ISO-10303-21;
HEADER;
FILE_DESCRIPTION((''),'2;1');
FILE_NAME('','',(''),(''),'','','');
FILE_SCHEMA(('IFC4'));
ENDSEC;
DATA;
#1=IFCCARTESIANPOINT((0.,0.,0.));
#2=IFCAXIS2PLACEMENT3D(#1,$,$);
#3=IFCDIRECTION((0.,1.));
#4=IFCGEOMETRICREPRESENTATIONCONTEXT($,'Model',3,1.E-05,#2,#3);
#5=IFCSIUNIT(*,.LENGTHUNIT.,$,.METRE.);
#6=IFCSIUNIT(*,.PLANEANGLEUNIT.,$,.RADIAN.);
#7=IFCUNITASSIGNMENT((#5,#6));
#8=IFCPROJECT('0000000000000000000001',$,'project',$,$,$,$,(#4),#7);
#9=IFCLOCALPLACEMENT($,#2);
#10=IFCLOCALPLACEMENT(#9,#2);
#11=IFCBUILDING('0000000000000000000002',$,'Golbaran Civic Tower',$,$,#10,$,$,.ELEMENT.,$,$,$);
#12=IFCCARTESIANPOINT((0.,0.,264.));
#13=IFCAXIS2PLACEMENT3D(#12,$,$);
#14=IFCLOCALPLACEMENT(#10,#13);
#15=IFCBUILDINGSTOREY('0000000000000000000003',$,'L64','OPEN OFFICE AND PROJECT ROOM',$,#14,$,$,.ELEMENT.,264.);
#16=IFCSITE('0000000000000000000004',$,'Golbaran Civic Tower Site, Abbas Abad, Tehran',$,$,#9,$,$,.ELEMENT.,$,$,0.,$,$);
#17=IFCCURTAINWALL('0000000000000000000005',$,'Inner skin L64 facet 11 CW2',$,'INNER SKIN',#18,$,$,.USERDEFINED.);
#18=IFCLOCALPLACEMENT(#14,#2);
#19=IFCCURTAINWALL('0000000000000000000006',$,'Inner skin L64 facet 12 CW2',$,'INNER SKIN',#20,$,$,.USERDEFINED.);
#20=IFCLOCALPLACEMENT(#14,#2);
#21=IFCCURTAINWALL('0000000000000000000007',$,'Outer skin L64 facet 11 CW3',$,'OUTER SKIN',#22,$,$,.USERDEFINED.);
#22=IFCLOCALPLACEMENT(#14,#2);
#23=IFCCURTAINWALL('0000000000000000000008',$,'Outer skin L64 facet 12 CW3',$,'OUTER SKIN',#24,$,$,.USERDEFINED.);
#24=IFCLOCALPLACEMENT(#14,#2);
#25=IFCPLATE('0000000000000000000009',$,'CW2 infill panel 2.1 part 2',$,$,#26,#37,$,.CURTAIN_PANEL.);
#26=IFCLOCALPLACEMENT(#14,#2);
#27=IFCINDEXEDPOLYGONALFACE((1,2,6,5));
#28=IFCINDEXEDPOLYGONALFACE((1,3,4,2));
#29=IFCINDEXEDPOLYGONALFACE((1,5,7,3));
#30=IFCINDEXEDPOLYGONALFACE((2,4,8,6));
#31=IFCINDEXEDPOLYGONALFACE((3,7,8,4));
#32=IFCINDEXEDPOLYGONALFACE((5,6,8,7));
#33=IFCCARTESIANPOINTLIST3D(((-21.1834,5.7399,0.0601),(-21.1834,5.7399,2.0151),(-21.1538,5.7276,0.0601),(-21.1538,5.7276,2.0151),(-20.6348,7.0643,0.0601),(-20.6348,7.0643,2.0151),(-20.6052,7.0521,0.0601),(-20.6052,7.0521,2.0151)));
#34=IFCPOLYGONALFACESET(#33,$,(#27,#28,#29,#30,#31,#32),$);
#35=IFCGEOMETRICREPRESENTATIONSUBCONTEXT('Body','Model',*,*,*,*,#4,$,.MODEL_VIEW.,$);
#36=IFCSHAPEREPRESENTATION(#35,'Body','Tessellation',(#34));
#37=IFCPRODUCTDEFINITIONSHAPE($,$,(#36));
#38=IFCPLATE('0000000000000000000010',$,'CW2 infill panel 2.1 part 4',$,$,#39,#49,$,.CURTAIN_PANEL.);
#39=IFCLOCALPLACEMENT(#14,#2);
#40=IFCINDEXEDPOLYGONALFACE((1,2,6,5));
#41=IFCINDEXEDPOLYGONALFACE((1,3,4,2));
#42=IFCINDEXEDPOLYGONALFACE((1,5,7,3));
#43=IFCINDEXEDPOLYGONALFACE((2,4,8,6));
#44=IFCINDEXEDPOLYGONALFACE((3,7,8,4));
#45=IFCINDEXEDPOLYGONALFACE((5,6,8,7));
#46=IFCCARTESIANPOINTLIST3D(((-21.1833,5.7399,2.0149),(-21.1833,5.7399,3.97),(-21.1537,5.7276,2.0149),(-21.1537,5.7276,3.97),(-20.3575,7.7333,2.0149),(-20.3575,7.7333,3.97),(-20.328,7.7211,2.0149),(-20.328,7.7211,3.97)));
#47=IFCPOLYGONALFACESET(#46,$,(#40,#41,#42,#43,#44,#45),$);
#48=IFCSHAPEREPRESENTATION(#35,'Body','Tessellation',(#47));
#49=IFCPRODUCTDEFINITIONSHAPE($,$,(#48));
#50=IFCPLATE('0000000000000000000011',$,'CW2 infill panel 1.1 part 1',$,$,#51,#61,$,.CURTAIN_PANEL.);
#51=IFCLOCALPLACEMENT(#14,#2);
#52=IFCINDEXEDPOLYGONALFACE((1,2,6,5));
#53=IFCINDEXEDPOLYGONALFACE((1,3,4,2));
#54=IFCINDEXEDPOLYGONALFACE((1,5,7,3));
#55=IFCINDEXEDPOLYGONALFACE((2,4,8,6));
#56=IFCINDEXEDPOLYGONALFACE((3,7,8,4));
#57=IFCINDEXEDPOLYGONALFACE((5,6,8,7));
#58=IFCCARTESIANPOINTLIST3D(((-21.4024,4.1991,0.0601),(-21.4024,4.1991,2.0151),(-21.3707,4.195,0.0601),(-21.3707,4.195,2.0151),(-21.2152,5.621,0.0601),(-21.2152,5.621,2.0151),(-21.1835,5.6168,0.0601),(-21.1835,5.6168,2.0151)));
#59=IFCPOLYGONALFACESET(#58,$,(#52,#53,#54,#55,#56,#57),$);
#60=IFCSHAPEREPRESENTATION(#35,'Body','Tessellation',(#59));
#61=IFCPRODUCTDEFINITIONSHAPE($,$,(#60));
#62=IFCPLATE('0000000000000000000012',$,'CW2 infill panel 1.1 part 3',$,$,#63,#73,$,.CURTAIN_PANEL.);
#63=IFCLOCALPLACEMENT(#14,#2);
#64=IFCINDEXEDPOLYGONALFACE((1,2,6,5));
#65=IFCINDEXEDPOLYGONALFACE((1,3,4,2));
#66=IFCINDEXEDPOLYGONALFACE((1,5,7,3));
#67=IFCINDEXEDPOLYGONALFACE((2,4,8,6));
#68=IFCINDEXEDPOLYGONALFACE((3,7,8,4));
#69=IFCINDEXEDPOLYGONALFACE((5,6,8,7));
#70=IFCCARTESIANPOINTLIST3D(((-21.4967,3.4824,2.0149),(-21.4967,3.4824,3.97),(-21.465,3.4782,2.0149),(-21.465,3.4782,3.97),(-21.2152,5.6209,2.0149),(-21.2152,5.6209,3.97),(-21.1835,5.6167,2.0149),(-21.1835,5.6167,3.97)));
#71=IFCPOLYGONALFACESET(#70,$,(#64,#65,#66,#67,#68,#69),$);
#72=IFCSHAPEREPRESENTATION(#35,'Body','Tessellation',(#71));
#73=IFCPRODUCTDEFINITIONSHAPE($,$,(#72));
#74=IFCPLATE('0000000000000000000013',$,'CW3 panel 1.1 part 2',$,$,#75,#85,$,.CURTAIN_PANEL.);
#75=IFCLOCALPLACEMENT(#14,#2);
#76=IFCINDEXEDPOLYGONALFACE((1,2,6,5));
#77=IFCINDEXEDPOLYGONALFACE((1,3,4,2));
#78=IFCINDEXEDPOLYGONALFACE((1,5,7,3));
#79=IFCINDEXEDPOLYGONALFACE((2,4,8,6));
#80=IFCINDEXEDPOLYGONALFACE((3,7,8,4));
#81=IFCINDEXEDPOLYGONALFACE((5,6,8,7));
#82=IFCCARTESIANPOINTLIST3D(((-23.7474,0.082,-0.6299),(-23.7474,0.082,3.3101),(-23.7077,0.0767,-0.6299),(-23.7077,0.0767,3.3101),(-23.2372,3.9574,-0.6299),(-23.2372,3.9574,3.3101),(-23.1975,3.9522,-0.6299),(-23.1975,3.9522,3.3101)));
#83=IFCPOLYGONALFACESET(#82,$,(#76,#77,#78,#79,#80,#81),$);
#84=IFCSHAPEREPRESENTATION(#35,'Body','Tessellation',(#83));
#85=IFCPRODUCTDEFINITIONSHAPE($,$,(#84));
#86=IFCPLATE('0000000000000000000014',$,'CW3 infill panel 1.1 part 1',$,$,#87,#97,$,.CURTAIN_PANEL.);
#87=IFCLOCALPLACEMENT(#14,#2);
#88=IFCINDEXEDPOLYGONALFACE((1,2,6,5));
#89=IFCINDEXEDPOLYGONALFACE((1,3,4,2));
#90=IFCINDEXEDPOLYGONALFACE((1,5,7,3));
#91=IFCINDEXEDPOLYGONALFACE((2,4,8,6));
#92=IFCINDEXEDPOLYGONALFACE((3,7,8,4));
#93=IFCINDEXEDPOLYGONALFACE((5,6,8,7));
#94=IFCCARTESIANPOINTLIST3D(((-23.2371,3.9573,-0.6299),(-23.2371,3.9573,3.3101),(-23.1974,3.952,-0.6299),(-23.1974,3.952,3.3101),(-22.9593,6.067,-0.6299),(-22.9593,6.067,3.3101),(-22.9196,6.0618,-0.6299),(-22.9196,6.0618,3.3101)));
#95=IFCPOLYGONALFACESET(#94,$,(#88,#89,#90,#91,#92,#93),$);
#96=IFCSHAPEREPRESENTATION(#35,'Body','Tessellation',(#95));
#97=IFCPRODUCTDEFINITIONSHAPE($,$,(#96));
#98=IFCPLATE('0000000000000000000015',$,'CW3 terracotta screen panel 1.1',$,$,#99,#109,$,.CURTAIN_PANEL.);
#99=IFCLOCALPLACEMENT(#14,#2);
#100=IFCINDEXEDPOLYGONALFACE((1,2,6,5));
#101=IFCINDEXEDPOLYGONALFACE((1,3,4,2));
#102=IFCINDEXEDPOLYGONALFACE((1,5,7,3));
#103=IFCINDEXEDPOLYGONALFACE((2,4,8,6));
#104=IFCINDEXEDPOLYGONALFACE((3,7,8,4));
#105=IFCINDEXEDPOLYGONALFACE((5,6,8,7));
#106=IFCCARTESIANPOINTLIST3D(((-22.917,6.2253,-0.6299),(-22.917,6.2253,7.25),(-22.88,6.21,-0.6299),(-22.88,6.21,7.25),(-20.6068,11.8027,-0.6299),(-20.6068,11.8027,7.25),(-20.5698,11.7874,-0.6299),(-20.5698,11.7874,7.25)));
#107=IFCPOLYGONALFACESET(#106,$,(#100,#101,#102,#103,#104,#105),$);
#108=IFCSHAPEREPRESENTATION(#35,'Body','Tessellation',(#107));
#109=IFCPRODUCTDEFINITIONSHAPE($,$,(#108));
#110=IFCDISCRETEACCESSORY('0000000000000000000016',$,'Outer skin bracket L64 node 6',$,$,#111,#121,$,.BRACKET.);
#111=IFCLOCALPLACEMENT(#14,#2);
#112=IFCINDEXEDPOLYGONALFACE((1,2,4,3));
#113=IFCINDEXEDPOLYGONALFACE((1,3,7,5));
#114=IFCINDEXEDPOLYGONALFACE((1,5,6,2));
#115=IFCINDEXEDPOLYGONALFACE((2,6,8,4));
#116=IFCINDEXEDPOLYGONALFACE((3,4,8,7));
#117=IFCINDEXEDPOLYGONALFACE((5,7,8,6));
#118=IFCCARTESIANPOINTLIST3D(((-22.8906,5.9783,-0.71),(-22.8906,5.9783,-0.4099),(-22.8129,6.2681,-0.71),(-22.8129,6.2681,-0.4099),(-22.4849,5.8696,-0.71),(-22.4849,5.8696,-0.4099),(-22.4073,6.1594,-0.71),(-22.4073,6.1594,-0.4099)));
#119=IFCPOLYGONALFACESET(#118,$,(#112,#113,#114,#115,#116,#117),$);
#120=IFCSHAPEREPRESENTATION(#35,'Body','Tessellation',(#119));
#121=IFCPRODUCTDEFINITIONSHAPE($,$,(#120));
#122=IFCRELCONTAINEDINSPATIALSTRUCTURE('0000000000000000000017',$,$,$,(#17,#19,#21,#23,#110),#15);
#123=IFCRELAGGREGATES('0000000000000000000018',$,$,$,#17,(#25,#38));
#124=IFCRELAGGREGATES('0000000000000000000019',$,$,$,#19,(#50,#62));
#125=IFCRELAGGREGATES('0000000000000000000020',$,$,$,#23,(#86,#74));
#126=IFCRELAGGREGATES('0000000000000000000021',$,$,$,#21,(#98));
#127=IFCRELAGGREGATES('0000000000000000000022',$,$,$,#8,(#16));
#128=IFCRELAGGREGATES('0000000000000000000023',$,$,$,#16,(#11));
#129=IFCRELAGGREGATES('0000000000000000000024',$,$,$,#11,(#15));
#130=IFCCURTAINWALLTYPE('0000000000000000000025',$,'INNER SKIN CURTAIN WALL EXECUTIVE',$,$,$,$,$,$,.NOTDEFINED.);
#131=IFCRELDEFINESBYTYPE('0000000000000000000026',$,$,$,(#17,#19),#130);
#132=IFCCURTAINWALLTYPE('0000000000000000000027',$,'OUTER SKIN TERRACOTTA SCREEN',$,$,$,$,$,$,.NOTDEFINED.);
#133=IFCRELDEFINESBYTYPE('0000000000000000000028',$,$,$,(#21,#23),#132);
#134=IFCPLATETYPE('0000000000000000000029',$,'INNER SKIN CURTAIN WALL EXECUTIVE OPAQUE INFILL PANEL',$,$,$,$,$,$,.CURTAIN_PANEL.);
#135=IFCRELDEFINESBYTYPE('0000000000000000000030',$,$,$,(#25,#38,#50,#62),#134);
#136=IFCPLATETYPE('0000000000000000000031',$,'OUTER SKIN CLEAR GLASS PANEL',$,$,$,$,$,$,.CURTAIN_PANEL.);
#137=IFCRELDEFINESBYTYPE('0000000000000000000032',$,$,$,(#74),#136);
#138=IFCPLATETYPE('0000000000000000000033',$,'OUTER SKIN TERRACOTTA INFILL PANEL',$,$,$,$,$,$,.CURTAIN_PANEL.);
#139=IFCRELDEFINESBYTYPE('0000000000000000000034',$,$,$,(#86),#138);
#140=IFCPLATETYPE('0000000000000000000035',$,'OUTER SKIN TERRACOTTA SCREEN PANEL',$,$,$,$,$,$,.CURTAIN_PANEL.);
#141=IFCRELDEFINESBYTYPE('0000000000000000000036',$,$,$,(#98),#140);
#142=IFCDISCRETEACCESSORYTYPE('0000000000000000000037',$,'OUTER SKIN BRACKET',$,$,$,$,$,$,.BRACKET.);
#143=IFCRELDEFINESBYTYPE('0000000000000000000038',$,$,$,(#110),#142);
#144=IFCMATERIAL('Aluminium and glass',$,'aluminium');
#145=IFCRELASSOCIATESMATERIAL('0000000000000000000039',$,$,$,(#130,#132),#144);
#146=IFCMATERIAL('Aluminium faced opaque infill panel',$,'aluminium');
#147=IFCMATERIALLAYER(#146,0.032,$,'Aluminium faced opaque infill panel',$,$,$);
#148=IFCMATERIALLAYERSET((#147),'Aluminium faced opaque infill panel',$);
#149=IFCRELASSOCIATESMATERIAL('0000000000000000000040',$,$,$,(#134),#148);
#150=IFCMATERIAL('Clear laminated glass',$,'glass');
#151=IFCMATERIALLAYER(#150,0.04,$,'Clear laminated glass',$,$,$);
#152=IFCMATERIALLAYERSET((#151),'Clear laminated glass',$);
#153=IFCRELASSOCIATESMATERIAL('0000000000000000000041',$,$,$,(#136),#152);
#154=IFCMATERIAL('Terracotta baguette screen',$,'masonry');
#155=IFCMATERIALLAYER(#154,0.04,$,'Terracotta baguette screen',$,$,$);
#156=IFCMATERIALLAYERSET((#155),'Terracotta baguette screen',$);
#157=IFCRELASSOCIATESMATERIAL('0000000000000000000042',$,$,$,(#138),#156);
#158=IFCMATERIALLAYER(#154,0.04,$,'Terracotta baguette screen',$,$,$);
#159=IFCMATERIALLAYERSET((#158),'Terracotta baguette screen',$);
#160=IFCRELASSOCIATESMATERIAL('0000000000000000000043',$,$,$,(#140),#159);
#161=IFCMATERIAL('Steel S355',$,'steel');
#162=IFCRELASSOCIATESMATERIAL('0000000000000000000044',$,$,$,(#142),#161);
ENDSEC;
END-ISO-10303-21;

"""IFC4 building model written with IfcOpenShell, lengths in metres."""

from ifc_helpers import new_model, si_unit, direction, frame, origin, origin_2d, place, context, subcontext, project, spatial, rectangle, extrude, material, layer, layer_set, type_object, element, aggregate, save


model = new_model("IFC4")

# Units and contexts
model_context = context("Model", 3, precision=1e-05, world=origin(), true_north=direction((0.0, 1.0)))
body_context = subcontext(model_context, "Body", "Model", "MODEL_VIEW")
ifc_project = project(units=[si_unit("LENGTHUNIT", "METRE"), si_unit("PLANEANGLEUNIT", "RADIAN")], contexts=[model_context])

# Site, building, storey
site_placement = place(None, origin())
site = spatial("IfcSite", under=ifc_project, at=site_placement, Name="Golbaran Civic Tower Site, Abbas Abad, Tehran", CompositionType="ELEMENT", RefElevation=0.0)
building_placement = place(site_placement, origin())
building = spatial("IfcBuilding", under=site, at=building_placement, Name="Golbaran Civic Tower", CompositionType="ELEMENT")
storey_placement = place(building_placement, frame((0.0, 0.0, 264.0)))
storey = spatial("IfcBuildingStorey", under=building, at=storey_placement, Name="L64", Description="OPEN OFFICE AND PROJECT ROOM", CompositionType="ELEMENT", Elevation=264.0)

# Shared definitions
ifc_material_1 = material(Name="Steel S355", Category="steel")

# Curtain walls
ifc_material_2 = material(Name="Aluminium and glass", Category="aluminium")
curtain_wall_type_1 = type_object("IfcCurtainWallType", Name="INNER SKIN CURTAIN WALL EXECUTIVE", PredefinedType="NOTDEFINED", material=ifc_material_2)
curtain_wall_1_placement = place(storey_placement, origin())
curtain_wall_1 = element("IfcCurtainWall", 1, at=curtain_wall_1_placement, inside=storey, type_object=curtain_wall_type_1, Name="Inner skin L64 facet 11 CW2", ObjectType="INNER SKIN", PredefinedType="USERDEFINED")
curtain_wall_2_placement = place(storey_placement, origin())
curtain_wall_2 = element("IfcCurtainWall", 2, at=curtain_wall_2_placement, inside=storey, type_object=curtain_wall_type_1, Name="Inner skin L64 facet 12 CW2", ObjectType="INNER SKIN", PredefinedType="USERDEFINED")

# Curtain wall
curtain_wall_type_2 = type_object("IfcCurtainWallType", Name="OUTER SKIN TERRACOTTA SCREEN", PredefinedType="NOTDEFINED", material=ifc_material_2)
curtain_wall_3_placement = place(storey_placement, origin())
curtain_wall_3 = element("IfcCurtainWall", 3, at=curtain_wall_3_placement, inside=storey, type_object=curtain_wall_type_2, Name="Outer skin L64 facet 11 CW3", ObjectType="OUTER SKIN", PredefinedType="USERDEFINED")

# Curtain wall
curtain_wall_4_placement = place(storey_placement, origin())
curtain_wall_4 = element("IfcCurtainWall", 4, at=curtain_wall_4_placement, inside=storey, type_object=curtain_wall_type_2, Name="Outer skin L64 facet 12 CW3", ObjectType="OUTER SKIN", PredefinedType="USERDEFINED")

# Plates
ifc_material_3 = material(Name="Aluminium faced opaque infill panel", Category="aluminium")
ifc_layer_1 = layer(ifc_material_3, 0.032, Name="Aluminium faced opaque infill panel")
ifc_layer_set_1 = layer_set([ifc_layer_1], Name="Aluminium faced opaque infill panel")
plate_type_1 = type_object("IfcPlateType", Name="INNER SKIN CURTAIN WALL EXECUTIVE OPAQUE INFILL PANEL", PredefinedType="CURTAIN_PANEL", material=ifc_layer_set_1)
plate_1_placement = place(storey_placement, frame((-20.8943, 6.396, 0.0601), z_axis=(0.0, 0.0, 1.0), x_axis=(-0.382683, -0.92388, 0.0)))
plate_1 = element("IfcPlate", 5, at=plate_1_placement, type_object=plate_type_1, Name="CW2 infill panel 2.1 part 2", PredefinedType="CURTAIN_PANEL", context=body_context, shape_type="SweptSolid", body=[
    extrude(rectangle(XDim=1.4336, YDim=0.032, at=origin_2d()), origin(), (0.0, 0.0, 1.0), 1.9551),
])
plate_2_placement = place(storey_placement, frame((-20.7556, 6.7305, 2.0149), z_axis=(0.0, 0.0, 1.0), x_axis=(-0.382683, -0.92388, 0.0)))
plate_2 = element("IfcPlate", 6, at=plate_2_placement, type_object=plate_type_1, Name="CW2 infill panel 2.1 part 4", PredefinedType="CURTAIN_PANEL", context=body_context, shape_type="SweptSolid", body=[
    extrude(rectangle(XDim=2.1577, YDim=0.032, at=origin_2d()), origin(), (0.0, 0.0, 1.0), 1.9551),
])
aggregate(curtain_wall_1, [plate_1, plate_2])
plate_3_placement = place(storey_placement, frame((-21.293, 4.908, 0.0601), z_axis=(0.0, 0.0, 1.0), x_axis=(-0.130526, -0.991445, 0.0)))
plate_3 = element("IfcPlate", 7, at=plate_3_placement, type_object=plate_type_1, Name="CW2 infill panel 1.1 part 1", PredefinedType="CURTAIN_PANEL", context=body_context, shape_type="SweptSolid", body=[
    extrude(rectangle(XDim=1.4341, YDim=0.032, at=origin_2d()), origin(), (0.0, 0.0, 1.0), 1.9551),
])
plate_4_placement = place(storey_placement, frame((-21.3401, 4.5496, 2.0149), z_axis=(0.0, 0.0, 1.0), x_axis=(-0.130526, -0.991445, 0.0)))
plate_4 = element("IfcPlate", 8, at=plate_4_placement, type_object=plate_type_1, Name="CW2 infill panel 1.1 part 3", PredefinedType="CURTAIN_PANEL", context=body_context, shape_type="SweptSolid", body=[
    extrude(rectangle(XDim=2.157, YDim=0.032, at=origin_2d()), origin(), (0.0, 0.0, 1.0), 1.9551),
])
aggregate(curtain_wall_2, [plate_3, plate_4])
ifc_material_4 = material(Name="Clear laminated glass", Category="glass")
ifc_layer_2 = layer(ifc_material_4, 0.04, Name="Clear laminated glass")
ifc_layer_set_2 = layer_set([ifc_layer_2], Name="Clear laminated glass")
plate_type_2 = type_object("IfcPlateType", Name="OUTER SKIN CLEAR GLASS PANEL", PredefinedType="CURTAIN_PANEL", material=ifc_layer_set_2)
plate_5_placement = place(storey_placement, frame((-23.4724, 2.0171, -0.6299), z_axis=(0.0, 0.0, 1.0), x_axis=(-0.130526, -0.991445, 0.0)))
plate_5 = element("IfcPlate", 9, at=plate_5_placement, type_object=plate_type_2, Name="CW3 panel 1.1 part 2", PredefinedType="CURTAIN_PANEL", context=body_context, shape_type="SweptSolid", body=[
    extrude(rectangle(XDim=3.9089, YDim=0.04, at=origin_2d()), origin(), (0.0, 0.0, 1.0), 3.9399),
])
ifc_material_5 = material(Name="Terracotta baguette screen", Category="masonry")
ifc_layer_3 = layer(ifc_material_5, 0.04, Name="Terracotta baguette screen")
ifc_layer_set_3 = layer_set([ifc_layer_3], Name="Terracotta baguette screen")
plate_type_3 = type_object("IfcPlateType", Name="OUTER SKIN TERRACOTTA INFILL PANEL", PredefinedType="CURTAIN_PANEL", material=ifc_layer_set_3)
plate_6_placement = place(storey_placement, frame((-23.0784, 5.0095, -0.6299), z_axis=(0.0, 0.0, 1.0), x_axis=(-0.130526, -0.991445, 0.0)))
plate_6 = element("IfcPlate", 10, at=plate_6_placement, type_object=plate_type_3, Name="CW3 infill panel 1.1 part 1", PredefinedType="CURTAIN_PANEL", context=body_context, shape_type="SweptSolid", body=[
    extrude(rectangle(XDim=2.1279, YDim=0.04, at=origin_2d()), origin(), (0.0, 0.0, 1.0), 3.9399),
])
aggregate(curtain_wall_4, [plate_6, plate_5])
ifc_layer_4 = layer(ifc_material_5, 0.04, Name="Terracotta baguette screen")
ifc_layer_set_4 = layer_set([ifc_layer_4], Name="Terracotta baguette screen")
plate_type_4 = type_object("IfcPlateType", Name="OUTER SKIN TERRACOTTA SCREEN PANEL", PredefinedType="CURTAIN_PANEL", material=ifc_layer_set_4)
plate_7_placement = place(storey_placement, frame((-21.7434, 9.0063, -0.6299), z_axis=(0.0, 0.0, 1.0), x_axis=(-0.382683, -0.92388, 0.0)))
plate_7 = element("IfcPlate", 11, at=plate_7_placement, type_object=plate_type_4, Name="CW3 terracotta screen panel 1.1", PredefinedType="CURTAIN_PANEL", context=body_context, shape_type="SweptSolid", body=[
    extrude(rectangle(XDim=6.0369, YDim=0.04, at=origin_2d()), origin(), (0.0, 0.0, 1.0), 7.8799),
])
aggregate(curtain_wall_3, [plate_7])

# Discrete accessory
discrete_accessory_type = type_object("IfcDiscreteAccessoryType", Name="OUTER SKIN BRACKET", PredefinedType="BRACKET", material=ifc_material_1)
discrete_accessory_placement = place(storey_placement, frame((-22.6489, 6.0688, -0.71), z_axis=(0.0, 0.0, 1.0), x_axis=(-0.965926, 0.258819, 0.0)))
element("IfcDiscreteAccessory", 12, at=discrete_accessory_placement, inside=storey, type_object=discrete_accessory_type, Name="Outer skin bracket L64 node 6", PredefinedType="BRACKET", context=body_context, shape_type="SweptSolid", body=[
    extrude(rectangle(XDim=0.4199, YDim=0.3, at=origin_2d()), origin(), (0.0, 0.0, 1.0), 0.3),
])

save(model, "model.ifc")
